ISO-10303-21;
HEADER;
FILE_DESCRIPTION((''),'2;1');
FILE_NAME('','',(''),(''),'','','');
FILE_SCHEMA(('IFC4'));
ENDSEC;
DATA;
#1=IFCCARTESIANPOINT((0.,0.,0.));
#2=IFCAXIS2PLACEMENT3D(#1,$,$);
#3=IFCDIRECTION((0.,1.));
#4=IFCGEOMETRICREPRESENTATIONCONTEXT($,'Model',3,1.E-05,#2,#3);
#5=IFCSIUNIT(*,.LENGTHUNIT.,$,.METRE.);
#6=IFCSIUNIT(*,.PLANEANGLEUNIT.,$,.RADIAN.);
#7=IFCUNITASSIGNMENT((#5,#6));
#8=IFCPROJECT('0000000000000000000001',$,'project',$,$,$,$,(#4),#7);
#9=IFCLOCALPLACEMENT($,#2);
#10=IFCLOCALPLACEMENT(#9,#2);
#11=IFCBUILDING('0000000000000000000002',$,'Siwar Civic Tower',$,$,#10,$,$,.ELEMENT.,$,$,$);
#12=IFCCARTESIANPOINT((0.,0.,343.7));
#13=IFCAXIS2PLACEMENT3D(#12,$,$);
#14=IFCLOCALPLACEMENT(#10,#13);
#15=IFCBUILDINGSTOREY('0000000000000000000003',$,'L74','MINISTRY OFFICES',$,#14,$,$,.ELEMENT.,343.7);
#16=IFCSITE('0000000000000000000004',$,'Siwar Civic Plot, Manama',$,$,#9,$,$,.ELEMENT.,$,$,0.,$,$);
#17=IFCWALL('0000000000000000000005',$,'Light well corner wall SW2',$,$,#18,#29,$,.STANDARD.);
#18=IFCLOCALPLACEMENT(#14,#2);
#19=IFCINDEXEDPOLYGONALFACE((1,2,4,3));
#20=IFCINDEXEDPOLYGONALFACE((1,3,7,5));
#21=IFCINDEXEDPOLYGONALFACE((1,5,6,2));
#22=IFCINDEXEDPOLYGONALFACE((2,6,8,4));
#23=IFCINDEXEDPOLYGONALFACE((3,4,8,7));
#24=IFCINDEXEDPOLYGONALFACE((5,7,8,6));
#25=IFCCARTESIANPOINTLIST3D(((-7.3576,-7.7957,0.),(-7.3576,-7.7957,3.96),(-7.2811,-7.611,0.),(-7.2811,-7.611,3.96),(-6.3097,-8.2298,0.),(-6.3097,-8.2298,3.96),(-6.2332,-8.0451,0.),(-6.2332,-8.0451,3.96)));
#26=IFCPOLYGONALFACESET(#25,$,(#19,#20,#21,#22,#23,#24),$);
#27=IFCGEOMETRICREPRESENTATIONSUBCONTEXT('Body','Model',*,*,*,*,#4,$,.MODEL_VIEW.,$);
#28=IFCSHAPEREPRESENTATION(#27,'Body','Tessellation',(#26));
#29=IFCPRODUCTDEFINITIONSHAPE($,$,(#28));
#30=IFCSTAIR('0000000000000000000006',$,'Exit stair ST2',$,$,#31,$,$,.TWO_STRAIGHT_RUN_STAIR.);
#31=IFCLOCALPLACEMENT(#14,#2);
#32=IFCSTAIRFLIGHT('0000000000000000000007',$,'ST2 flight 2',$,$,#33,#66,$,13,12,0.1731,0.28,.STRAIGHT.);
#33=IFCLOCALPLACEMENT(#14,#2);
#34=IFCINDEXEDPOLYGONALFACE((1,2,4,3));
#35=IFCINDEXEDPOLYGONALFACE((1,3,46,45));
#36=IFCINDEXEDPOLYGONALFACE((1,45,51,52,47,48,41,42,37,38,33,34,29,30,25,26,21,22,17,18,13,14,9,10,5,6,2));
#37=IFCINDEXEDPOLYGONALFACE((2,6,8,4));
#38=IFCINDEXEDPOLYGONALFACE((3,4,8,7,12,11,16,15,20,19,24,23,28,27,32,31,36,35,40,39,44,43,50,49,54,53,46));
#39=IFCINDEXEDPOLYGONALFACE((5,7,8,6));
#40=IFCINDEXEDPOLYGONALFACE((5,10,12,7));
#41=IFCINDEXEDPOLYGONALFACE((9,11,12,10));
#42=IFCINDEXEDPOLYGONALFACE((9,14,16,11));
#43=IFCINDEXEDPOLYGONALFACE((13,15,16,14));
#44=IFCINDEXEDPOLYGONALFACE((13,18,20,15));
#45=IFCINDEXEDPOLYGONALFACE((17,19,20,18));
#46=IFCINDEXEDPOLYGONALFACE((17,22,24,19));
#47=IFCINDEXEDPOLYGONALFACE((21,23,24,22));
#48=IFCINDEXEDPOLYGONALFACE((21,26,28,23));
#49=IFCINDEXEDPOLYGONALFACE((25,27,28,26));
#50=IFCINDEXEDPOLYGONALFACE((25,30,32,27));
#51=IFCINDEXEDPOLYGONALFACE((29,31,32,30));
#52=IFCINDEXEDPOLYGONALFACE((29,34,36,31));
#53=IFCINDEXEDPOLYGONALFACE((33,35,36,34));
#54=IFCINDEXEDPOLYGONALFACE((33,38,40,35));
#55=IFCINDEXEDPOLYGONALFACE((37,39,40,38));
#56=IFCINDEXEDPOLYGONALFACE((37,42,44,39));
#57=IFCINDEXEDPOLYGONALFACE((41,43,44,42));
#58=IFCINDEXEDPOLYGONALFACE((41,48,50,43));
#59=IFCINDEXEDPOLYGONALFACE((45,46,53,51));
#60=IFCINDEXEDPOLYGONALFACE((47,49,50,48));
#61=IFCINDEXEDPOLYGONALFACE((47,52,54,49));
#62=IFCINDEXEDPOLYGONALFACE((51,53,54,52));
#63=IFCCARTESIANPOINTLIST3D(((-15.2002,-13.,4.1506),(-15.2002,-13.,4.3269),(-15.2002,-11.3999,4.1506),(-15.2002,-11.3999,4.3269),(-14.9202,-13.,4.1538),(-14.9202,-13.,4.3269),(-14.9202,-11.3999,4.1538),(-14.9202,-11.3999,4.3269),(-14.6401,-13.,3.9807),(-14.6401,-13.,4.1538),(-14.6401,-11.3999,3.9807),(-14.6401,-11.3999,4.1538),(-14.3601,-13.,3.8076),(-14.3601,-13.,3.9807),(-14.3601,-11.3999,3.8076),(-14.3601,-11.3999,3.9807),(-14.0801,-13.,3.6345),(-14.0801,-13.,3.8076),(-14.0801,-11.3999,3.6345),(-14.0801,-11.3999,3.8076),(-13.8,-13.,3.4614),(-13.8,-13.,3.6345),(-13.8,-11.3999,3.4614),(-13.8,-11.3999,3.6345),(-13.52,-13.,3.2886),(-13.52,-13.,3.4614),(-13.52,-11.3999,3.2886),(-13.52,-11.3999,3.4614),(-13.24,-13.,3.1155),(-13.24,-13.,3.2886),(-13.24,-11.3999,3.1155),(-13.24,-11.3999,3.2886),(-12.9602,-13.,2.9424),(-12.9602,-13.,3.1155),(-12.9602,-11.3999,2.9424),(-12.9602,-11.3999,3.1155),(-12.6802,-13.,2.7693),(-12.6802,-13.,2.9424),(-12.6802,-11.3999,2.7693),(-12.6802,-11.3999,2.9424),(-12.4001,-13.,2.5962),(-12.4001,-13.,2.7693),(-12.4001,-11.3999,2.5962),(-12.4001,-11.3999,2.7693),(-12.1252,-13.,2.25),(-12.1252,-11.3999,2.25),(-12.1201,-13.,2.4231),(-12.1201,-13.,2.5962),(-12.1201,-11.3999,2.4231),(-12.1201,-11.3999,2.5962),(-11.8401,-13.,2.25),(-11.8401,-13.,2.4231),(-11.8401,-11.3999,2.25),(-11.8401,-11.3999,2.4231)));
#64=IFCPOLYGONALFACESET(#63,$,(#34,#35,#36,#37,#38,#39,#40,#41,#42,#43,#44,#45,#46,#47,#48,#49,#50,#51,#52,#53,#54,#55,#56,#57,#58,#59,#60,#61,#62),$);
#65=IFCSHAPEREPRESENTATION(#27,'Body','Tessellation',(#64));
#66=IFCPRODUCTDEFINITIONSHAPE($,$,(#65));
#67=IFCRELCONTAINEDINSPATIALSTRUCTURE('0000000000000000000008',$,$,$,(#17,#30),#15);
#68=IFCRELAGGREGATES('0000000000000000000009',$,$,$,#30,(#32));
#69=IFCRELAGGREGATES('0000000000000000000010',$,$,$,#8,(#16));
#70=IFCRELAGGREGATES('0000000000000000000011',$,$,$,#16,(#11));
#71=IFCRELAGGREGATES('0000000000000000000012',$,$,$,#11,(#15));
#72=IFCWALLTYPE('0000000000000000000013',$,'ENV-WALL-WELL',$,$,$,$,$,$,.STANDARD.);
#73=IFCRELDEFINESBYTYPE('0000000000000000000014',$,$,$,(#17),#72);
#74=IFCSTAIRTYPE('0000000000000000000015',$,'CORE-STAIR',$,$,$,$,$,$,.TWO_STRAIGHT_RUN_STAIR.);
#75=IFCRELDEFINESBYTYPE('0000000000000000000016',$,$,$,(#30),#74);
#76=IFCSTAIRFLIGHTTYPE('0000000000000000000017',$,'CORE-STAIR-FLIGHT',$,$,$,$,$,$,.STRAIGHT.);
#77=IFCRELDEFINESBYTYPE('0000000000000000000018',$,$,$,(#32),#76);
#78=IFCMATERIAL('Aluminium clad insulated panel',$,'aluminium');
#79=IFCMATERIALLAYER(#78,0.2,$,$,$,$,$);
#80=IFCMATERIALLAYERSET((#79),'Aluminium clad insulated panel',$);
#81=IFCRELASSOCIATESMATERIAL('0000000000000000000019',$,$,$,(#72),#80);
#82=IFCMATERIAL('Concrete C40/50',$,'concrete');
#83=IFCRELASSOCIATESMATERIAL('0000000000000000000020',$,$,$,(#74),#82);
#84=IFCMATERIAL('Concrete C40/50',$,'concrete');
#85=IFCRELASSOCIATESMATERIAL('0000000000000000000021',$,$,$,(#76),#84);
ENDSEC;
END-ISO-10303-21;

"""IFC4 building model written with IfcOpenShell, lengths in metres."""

from ifc_helpers import new_model, si_unit, direction, frame, frame_2d, origin, place, context, subcontext, project, spatial, polyline, rectangle, outline, extrude, material, layer, layer_set, type_object, element, aggregate, save


model = new_model("IFC4")

# Units and contexts
model_context = context("Model", 3, precision=1e-05, world=origin(), true_north=direction((0.0, 1.0)))
body_context = subcontext(model_context, "Body", "Model", "MODEL_VIEW")
ifc_project = project(units=[si_unit("LENGTHUNIT", "METRE"), si_unit("PLANEANGLEUNIT", "RADIAN")], contexts=[model_context])

# Site, building, storey
site_placement = place(None, origin())
site = spatial("IfcSite", under=ifc_project, at=site_placement, Name="Siwar Civic Plot, Manama", CompositionType="ELEMENT", RefElevation=0.0)
building_placement = place(site_placement, origin())
building = spatial("IfcBuilding", under=site, at=building_placement, Name="Siwar Civic Tower", CompositionType="ELEMENT")
storey_placement = place(building_placement, frame((0.0, 0.0, 343.7)))
storey = spatial("IfcBuildingStorey", under=building, at=storey_placement, Name="L74", Description="MINISTRY OFFICES", CompositionType="ELEMENT", Elevation=343.7)

# Wall
ifc_material_1 = material(Name="Aluminium clad insulated panel", Category="aluminium")
ifc_layer_1 = layer(ifc_material_1, 0.2)
ifc_layer_set_1 = layer_set([ifc_layer_1], Name="Aluminium clad insulated panel")
wall_type_1 = type_object("IfcWallType", Name="ENV-WALL-WELL", PredefinedType="STANDARD", material=ifc_layer_set_1)
wall_1_placement = place(storey_placement, frame((-7.3193, -7.7034, 0.0), z_axis=(0.0, 0.0, 1.0), x_axis=(0.923865, -0.382719, 0.0)))
element("IfcWall", 1, at=wall_1_placement, inside=storey, type_object=wall_type_1, Name="Light well corner wall SW2", PredefinedType="STANDARD", context=body_context, shape_type="SweptSolid", body=[
    extrude(rectangle(XDim=1.1343, YDim=0.2, at=frame_2d((0.5671, 0.0))), origin(), (0.0, 0.0, 1.0), 3.96),
])

# Stair, stair flight
ifc_material_2 = material(Name="Concrete C40/50", Category="concrete")
stair_type = type_object("IfcStairType", Name="CORE-STAIR", PredefinedType="TWO_STRAIGHT_RUN_STAIR", material=ifc_material_2)
stair_placement = place(storey_placement, origin())
stair = element("IfcStair", 2, at=stair_placement, inside=storey, type_object=stair_type, Name="Exit stair ST2", PredefinedType="TWO_STRAIGHT_RUN_STAIR")
ifc_material_3 = material(Name="Concrete C40/50", Category="concrete")
stair_flight_type = type_object("IfcStairFlightType", Name="CORE-STAIR-FLIGHT", PredefinedType="STRAIGHT", material=ifc_material_3)
stair_flight_placement = place(storey_placement, frame((-11.8401, -12.2, 2.25), z_axis=(0.0, 0.0, 1.0), x_axis=(-1.0, 0.0, 0.0)))
stair_flight = element("IfcStairFlight", 3, at=stair_flight_placement, type_object=stair_flight_type, Name="ST2 flight 2", NumberOfRisers=13, NumberOfTreads=12, PredefinedType="STRAIGHT", RiserHeight=0.1731, TreadLength=0.28, context=body_context, shape_type="SweptSolid", body=[
    extrude(outline(polyline([(0.0, 0.0), (0.0, 0.1731), (0.28, 0.1731), (0.28, 0.3462), (0.5601, 0.3462), (0.5601, 0.5193), (0.8401, 0.5193), (0.8401, 0.6924), (1.1201, 0.6924), (1.1201, 0.8655), (1.3999, 0.8655), (1.3999, 1.0386), (1.6799, 1.0386), (1.6799, 1.2114), (1.96, 1.2114), (1.96, 1.3845), (2.24, 1.3845), (2.24, 1.5576), (2.52, 1.5576), (2.52, 1.7307), (2.8, 1.7307), (2.8, 1.9038), (3.0801, 1.9038), (3.0801, 2.0769), (3.3601, 2.0769), (3.3601, 2.25), (3.3601, 1.9006), (0.2852, 0.0), (0.0, 0.0)])), frame((0.0, 0.8, 0.0), z_axis=(0.0, -1.0, 0.0), x_axis=(1.0, 0.0, 0.0)), (0.0, 0.0, 1.0), 1.6001),
])
aggregate(stair, [stair_flight])

save(model, "model.ifc")
